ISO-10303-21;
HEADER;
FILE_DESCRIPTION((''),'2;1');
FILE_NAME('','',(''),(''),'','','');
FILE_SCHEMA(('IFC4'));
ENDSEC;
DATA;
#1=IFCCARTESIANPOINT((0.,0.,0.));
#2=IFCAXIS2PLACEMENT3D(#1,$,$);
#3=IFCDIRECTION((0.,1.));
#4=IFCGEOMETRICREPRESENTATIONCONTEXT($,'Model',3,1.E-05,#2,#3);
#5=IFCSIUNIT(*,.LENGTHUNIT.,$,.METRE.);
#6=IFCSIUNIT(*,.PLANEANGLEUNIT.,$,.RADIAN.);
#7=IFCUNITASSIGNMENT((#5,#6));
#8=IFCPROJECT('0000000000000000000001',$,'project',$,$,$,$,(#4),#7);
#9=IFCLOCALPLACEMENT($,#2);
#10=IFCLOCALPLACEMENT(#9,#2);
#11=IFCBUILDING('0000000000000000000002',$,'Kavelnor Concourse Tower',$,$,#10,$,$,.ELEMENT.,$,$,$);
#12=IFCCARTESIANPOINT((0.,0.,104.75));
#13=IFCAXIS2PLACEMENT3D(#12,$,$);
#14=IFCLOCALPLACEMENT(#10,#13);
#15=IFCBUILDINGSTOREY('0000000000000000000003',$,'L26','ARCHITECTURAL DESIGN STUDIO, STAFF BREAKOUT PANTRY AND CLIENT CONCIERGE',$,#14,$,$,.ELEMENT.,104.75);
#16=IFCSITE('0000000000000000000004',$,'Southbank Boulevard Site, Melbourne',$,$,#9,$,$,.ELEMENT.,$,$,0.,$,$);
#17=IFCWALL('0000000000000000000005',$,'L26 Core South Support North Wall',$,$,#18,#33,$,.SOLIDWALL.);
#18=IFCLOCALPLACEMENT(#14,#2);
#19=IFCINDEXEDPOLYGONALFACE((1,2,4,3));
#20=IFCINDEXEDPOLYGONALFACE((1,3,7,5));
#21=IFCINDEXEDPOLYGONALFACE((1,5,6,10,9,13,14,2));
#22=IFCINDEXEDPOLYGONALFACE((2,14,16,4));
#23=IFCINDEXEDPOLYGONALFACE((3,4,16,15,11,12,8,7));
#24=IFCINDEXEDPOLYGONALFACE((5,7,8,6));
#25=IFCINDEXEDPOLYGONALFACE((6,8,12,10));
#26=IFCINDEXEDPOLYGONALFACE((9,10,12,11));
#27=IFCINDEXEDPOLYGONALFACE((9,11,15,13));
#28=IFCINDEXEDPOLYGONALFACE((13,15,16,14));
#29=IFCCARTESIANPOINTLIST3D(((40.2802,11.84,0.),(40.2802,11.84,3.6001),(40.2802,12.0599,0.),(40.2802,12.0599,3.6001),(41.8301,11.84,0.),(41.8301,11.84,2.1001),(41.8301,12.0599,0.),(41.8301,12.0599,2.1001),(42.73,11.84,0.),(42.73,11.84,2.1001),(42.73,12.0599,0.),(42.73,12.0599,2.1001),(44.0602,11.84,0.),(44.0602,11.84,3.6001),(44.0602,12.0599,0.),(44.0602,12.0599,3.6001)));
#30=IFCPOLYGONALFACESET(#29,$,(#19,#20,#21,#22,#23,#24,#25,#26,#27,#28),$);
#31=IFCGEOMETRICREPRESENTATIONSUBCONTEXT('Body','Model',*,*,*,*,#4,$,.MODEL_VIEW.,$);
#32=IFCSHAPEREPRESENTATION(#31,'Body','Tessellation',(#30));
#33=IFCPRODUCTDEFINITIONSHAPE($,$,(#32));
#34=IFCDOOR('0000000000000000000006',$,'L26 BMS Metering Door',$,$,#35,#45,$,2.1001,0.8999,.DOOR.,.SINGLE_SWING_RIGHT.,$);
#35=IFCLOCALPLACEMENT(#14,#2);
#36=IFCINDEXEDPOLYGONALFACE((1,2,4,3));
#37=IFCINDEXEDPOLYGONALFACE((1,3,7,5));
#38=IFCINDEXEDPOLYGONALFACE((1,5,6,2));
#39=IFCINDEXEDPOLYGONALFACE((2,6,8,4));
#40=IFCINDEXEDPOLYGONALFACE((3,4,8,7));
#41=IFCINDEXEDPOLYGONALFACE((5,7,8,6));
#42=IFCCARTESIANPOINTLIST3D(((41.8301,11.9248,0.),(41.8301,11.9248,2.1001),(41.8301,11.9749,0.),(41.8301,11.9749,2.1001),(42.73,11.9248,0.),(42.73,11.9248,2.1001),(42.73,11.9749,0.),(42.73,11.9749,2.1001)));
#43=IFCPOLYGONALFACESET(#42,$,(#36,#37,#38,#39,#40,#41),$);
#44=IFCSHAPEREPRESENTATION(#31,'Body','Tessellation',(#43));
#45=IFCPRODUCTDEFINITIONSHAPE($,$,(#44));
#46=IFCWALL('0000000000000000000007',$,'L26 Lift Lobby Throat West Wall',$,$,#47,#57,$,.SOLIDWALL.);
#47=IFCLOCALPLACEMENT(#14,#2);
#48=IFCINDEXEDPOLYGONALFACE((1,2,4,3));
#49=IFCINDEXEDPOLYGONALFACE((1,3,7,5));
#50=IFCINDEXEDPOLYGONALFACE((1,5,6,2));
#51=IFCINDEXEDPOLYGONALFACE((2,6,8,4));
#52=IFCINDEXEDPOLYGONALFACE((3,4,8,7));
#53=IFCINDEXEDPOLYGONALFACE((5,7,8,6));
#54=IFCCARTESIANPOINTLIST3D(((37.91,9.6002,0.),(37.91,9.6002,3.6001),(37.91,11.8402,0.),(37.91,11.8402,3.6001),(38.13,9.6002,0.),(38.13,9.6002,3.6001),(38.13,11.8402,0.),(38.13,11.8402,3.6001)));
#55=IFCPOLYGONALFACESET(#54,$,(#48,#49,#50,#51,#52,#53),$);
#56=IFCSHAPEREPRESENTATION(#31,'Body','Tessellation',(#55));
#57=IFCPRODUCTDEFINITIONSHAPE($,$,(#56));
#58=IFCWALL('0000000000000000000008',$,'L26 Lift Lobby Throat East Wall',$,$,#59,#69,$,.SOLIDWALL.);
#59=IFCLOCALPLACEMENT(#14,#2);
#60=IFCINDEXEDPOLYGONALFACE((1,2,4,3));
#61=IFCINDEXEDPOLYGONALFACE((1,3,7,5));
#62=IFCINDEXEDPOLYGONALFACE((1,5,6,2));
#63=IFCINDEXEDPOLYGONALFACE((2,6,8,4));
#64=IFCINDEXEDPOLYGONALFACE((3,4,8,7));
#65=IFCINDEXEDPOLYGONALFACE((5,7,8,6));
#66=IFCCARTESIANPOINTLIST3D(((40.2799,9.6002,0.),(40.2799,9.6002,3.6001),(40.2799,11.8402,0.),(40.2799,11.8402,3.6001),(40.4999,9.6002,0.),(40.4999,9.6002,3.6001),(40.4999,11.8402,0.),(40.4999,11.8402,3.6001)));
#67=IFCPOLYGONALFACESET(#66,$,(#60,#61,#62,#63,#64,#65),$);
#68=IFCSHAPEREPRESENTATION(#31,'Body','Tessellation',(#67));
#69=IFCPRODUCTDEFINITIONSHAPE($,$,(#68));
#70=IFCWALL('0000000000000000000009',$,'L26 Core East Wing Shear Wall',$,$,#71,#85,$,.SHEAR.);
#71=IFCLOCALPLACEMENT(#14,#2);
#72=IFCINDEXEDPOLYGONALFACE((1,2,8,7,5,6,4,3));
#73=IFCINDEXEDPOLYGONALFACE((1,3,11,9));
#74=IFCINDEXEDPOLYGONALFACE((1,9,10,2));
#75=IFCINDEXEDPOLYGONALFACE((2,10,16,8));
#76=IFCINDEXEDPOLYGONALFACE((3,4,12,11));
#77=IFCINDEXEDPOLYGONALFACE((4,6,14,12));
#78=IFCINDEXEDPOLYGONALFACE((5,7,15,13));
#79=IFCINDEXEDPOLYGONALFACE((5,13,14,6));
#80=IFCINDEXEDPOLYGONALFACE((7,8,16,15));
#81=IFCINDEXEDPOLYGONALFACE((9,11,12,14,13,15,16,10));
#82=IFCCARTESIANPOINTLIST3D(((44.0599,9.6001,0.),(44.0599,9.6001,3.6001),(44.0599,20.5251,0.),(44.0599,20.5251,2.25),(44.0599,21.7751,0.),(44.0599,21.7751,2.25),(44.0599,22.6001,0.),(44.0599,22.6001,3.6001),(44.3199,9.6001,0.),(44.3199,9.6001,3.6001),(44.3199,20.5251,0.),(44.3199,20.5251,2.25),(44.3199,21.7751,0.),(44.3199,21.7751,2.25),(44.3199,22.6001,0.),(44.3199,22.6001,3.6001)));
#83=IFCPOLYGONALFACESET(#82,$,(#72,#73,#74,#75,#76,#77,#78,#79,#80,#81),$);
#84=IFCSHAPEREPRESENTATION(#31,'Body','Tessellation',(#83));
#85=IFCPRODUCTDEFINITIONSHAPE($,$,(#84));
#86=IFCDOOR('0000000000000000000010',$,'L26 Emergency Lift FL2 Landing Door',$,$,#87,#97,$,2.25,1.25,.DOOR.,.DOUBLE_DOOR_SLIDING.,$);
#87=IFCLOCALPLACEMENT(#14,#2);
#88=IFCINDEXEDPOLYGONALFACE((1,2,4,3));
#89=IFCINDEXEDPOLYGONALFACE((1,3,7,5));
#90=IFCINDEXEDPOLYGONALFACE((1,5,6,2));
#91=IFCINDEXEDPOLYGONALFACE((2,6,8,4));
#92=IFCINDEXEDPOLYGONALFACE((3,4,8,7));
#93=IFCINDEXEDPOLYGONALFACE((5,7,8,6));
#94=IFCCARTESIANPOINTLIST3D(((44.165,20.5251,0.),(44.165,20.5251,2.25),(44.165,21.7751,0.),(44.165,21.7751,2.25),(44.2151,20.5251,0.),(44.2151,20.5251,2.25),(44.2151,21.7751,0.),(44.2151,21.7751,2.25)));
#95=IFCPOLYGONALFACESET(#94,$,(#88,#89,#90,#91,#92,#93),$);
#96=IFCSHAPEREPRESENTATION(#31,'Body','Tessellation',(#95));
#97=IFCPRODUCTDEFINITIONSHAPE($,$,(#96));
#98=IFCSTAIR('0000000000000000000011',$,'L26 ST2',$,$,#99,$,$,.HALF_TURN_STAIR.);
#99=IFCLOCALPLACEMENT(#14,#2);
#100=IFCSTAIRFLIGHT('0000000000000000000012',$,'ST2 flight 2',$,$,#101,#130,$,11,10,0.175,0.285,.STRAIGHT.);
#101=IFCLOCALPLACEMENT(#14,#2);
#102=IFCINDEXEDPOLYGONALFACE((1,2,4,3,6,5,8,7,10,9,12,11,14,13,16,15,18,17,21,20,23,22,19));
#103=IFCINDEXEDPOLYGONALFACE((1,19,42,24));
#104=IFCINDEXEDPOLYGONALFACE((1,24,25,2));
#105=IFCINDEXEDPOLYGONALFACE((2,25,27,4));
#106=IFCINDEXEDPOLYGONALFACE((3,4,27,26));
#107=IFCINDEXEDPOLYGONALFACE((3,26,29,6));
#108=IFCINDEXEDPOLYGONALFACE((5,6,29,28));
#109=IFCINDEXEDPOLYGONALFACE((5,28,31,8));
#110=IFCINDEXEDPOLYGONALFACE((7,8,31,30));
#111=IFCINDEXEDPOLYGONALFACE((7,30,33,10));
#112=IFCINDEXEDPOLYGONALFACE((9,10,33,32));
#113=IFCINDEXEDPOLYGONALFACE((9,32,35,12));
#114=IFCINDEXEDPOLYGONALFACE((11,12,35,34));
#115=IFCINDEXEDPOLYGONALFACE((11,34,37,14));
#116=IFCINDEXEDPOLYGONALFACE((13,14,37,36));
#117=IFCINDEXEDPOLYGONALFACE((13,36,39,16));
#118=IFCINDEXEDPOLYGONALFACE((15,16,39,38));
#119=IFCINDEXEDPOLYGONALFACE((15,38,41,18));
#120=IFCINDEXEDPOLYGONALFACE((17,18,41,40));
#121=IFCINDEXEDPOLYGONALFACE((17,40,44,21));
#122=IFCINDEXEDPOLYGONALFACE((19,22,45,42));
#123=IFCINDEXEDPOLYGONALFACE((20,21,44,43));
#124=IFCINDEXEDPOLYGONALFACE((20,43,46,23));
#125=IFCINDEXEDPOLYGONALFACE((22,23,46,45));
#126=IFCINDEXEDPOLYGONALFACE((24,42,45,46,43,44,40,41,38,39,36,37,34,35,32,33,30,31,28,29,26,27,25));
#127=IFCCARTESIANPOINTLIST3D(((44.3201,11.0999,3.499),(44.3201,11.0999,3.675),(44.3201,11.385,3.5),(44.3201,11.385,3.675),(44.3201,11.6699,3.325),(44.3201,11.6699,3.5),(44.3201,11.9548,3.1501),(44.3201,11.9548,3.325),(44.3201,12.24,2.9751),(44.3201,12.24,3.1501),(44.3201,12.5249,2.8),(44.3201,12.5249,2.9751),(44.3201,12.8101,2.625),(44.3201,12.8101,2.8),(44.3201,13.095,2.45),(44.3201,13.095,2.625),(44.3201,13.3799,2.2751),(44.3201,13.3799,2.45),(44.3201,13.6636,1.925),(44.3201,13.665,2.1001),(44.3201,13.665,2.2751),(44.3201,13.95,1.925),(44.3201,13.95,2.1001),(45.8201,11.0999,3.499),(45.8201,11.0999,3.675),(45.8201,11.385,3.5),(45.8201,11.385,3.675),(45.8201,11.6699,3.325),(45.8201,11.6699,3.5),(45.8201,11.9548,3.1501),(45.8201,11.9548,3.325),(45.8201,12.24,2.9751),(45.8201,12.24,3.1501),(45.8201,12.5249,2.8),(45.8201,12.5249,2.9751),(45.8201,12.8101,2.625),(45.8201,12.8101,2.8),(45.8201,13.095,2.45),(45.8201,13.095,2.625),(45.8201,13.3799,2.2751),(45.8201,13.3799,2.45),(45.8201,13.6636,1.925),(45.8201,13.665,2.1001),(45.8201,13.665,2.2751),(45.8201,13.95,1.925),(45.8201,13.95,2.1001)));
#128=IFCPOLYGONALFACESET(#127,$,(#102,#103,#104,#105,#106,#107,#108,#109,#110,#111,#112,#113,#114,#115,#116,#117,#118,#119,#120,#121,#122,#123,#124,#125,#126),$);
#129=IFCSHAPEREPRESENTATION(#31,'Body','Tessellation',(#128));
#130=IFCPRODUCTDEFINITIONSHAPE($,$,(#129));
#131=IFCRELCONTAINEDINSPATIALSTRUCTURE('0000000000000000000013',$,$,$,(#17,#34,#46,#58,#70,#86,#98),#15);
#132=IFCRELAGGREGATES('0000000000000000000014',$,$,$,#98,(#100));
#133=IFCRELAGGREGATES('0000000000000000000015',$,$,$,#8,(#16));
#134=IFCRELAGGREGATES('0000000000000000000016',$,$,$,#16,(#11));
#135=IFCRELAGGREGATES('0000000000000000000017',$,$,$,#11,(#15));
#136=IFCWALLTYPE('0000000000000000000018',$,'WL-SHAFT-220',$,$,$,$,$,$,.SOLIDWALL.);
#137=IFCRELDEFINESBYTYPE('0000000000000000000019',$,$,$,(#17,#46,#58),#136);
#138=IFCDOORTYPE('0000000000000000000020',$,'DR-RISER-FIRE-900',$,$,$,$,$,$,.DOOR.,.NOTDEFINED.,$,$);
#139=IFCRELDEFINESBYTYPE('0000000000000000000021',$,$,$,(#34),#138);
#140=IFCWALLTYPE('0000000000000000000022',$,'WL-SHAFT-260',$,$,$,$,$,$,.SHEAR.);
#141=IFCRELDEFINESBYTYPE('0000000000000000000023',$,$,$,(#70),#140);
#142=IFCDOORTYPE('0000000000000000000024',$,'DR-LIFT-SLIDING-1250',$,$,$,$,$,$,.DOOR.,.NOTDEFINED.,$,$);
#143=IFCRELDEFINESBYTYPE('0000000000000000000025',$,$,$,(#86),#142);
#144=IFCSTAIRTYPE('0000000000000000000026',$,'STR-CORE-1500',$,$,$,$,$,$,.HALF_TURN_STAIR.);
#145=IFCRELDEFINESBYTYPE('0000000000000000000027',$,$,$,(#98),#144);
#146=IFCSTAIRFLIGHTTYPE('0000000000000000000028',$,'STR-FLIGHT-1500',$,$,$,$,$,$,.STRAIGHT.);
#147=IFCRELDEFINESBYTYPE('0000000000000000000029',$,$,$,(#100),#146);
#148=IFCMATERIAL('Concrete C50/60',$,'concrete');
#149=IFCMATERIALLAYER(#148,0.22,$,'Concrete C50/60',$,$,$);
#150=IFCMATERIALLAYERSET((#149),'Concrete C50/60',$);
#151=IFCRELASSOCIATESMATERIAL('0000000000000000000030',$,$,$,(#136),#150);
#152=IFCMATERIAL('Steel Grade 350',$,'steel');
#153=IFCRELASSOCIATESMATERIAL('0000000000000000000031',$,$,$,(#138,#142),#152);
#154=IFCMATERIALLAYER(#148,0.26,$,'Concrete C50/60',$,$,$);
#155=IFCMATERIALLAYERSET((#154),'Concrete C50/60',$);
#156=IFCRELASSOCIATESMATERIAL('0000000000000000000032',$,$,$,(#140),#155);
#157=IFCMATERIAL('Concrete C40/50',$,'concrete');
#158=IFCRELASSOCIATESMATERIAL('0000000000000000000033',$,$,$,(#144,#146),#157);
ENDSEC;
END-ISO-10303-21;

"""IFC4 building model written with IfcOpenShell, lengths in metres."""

from ifc_helpers import new_model, si_unit, direction, frame, frame_2d, origin, place, context, subcontext, project, spatial, polyline, rectangle, outline, extrude, material, layer, layer_set, type_object, element, fill, aggregate, save


model = new_model("IFC4")

# Units and contexts
model_context = context("Model", 3, precision=1e-05, world=origin(), true_north=direction((0.0, 1.0)))
body_context = subcontext(model_context, "Body", "Model", "MODEL_VIEW")
ifc_project = project(units=[si_unit("LENGTHUNIT", "METRE"), si_unit("PLANEANGLEUNIT", "RADIAN")], contexts=[model_context])

# Site, building, storey
site_placement = place(None, origin())
site = spatial("IfcSite", under=ifc_project, at=site_placement, Name="Southbank Boulevard Site, Melbourne", CompositionType="ELEMENT", RefElevation=0.0)
building_placement = place(site_placement, origin())
building = spatial("IfcBuilding", under=site, at=building_placement, Name="Kavelnor Concourse Tower", CompositionType="ELEMENT")
storey_placement = place(building_placement, frame((0.0, 0.0, 104.75)))
storey = spatial("IfcBuildingStorey", under=building, at=storey_placement, Name="L26", Description="ARCHITECTURAL DESIGN STUDIO, STAFF BREAKOUT PANTRY AND CLIENT CONCIERGE", CompositionType="ELEMENT", Elevation=104.75)

# Shared definitions
ifc_material_1 = material(Name="Steel Grade 350", Category="steel")

# Shared definitions
ifc_material_2 = material(Name="Concrete C50/60", Category="concrete")
ifc_layer_1 = layer(ifc_material_2, 0.22, Name="Concrete C50/60")
ifc_layer_set_1 = layer_set([ifc_layer_1], Name="Concrete C50/60")
wall_type_1 = type_object("IfcWallType", Name="WL-SHAFT-220", PredefinedType="SOLIDWALL", material=ifc_layer_set_1)

# Wall, opening, door
wall_1_placement = place(storey_placement, frame((40.28, 11.95, 0.0), z_axis=(0.0, 0.0, 1.0), x_axis=(1.0, 0.0, 0.0)))
wall_1 = element("IfcWall", 1, at=wall_1_placement, inside=storey, type_object=wall_type_1, Name="L26 Core South Support North Wall", PredefinedType="SOLIDWALL", context=body_context, shape_type="SweptSolid", body=[
    extrude(rectangle(XDim=3.78, YDim=0.22, at=frame_2d((1.8901, 0.0))), origin(), (0.0, 0.0, 1.0), 3.6001),
])
opening_1_placement = place(wall_1_placement, frame((1.55, 0.0, 0.0)))
opening_1 = element("IfcOpeningElement", 2, at=opening_1_placement, cuts=wall_1, PredefinedType="OPENING", context=body_context, shape_type="SweptSolid", body=[
    extrude(rectangle(XDim=0.8999, YDim=2.1001, at=frame_2d((0.45, 1.05))), frame((0.0, 0.1201, 0.0), z_axis=(0.0, -1.0, 0.0), x_axis=(1.0, 0.0, 0.0)), (0.0, 0.0, 1.0), 0.24),
])
door_type_1 = type_object("IfcDoorType", Name="DR-RISER-FIRE-900", OperationType="NOTDEFINED", PredefinedType="DOOR", material=ifc_material_1)
door_1_placement = place(opening_1_placement, origin())
door_1 = element("IfcDoor", 3, at=door_1_placement, inside=storey, type_object=door_type_1, Name="L26 BMS Metering Door", OperationType="SINGLE_SWING_RIGHT", OverallHeight=2.1001, OverallWidth=0.8999, PredefinedType="DOOR", context=body_context, shape_type="SweptSolid", body=[
    extrude(rectangle(XDim=0.8999, YDim=2.1001, at=frame_2d((0.45, 1.05))), frame((0.0, 0.0249, 0.0), z_axis=(0.0, -1.0, 0.0), x_axis=(1.0, 0.0, 0.0)), (0.0, 0.0, 1.0), 0.05),
])
fill(opening_1, door_1)

# Walls
for number, where, z_axis, x_axis, name in (
    (4, (38.02, 9.6001, 0.0), (0.0, 0.0, 1.0), (0.0, 1.0, 0.0), "L26 Lift Lobby Throat West Wall"),
    (5, (40.3899, 9.6001, 0.0), (0.0, 0.0, 1.0), (0.0, 1.0, 0.0), "L26 Lift Lobby Throat East Wall"),
):
    element("IfcWall", number, at=place(storey_placement, frame(where, z_axis=z_axis, x_axis=x_axis)), inside=storey, type_object=wall_type_1, Name=name, PredefinedType="SOLIDWALL", context=body_context, shape_type="SweptSolid", body=[
        extrude(rectangle(XDim=2.24, YDim=0.22, at=frame_2d((1.1201, 0.0))), origin(), (0.0, 0.0, 1.0), 3.6001),
    ])

# Wall, opening, door
ifc_layer_2 = layer(ifc_material_2, 0.26, Name="Concrete C50/60")
ifc_layer_set_2 = layer_set([ifc_layer_2], Name="Concrete C50/60")
wall_type_2 = type_object("IfcWallType", Name="WL-SHAFT-260", PredefinedType="SHEAR", material=ifc_layer_set_2)
wall_2_placement = place(storey_placement, frame((44.1899, 9.6001, 0.0), z_axis=(0.0, 0.0, 1.0), x_axis=(0.0, 1.0, 0.0)))
wall_2 = element("IfcWall", 6, at=wall_2_placement, inside=storey, type_object=wall_type_2, Name="L26 Core East Wing Shear Wall", PredefinedType="SHEAR", context=body_context, shape_type="SweptSolid", body=[
    extrude(rectangle(XDim=13.0, YDim=0.26, at=frame_2d((6.5, 0.0))), origin(), (0.0, 0.0, 1.0), 3.6001),
])
opening_2_placement = place(wall_2_placement, frame((10.925, 0.0, 0.0)))
opening_2 = element("IfcOpeningElement", 7, at=opening_2_placement, cuts=wall_2, PredefinedType="OPENING", context=body_context, shape_type="SweptSolid", body=[
    extrude(rectangle(XDim=1.25, YDim=2.25, at=frame_2d((0.625, 1.125))), frame((0.0, 0.1401, 0.0), z_axis=(0.0, -1.0, 0.0), x_axis=(1.0, 0.0, 0.0)), (0.0, 0.0, 1.0), 0.28),
])
door_type_2 = type_object("IfcDoorType", Name="DR-LIFT-SLIDING-1250", OperationType="NOTDEFINED", PredefinedType="DOOR", material=ifc_material_1)
door_2_placement = place(opening_2_placement, origin())
door_2 = element("IfcDoor", 8, at=door_2_placement, inside=storey, type_object=door_type_2, Name="L26 Emergency Lift FL2 Landing Door", OperationType="DOUBLE_DOOR_SLIDING", OverallHeight=2.25, OverallWidth=1.25, PredefinedType="DOOR", context=body_context, shape_type="SweptSolid", body=[
    extrude(rectangle(XDim=1.25, YDim=2.25, at=frame_2d((0.625, 1.125))), frame((0.0, 0.0249, 0.0), z_axis=(0.0, -1.0, 0.0), x_axis=(1.0, 0.0, 0.0)), (0.0, 0.0, 1.0), 0.05),
])
fill(opening_2, door_2)

# Stair, stair flight
ifc_material_3 = material(Name="Concrete C40/50", Category="concrete")
stair_type = type_object("IfcStairType", Name="STR-CORE-1500", PredefinedType="HALF_TURN_STAIR", material=ifc_material_3)
stair_placement = place(storey_placement, origin())
stair = element("IfcStair", 9, at=stair_placement, inside=storey, type_object=stair_type, Name="L26 ST2", PredefinedType="HALF_TURN_STAIR")
stair_flight_type = type_object("IfcStairFlightType", Name="STR-FLIGHT-1500", PredefinedType="STRAIGHT", material=ifc_material_3)
stair_flight_placement = place(storey_placement, frame((45.0701, 13.95, 1.925), z_axis=(0.0, 0.0, 1.0), x_axis=(0.0, -1.0, 0.0)))
stair_flight = element("IfcStairFlight", 10, at=stair_flight_placement, type_object=stair_flight_type, Name="ST2 flight 2", NumberOfRisers=11, NumberOfTreads=10, PredefinedType="STRAIGHT", RiserHeight=0.175, TreadLength=0.285, context=body_context, shape_type="SweptSolid", body=[
    extrude(outline(polyline([(0.0, 0.0), (0.0, 0.175), (0.2849, 0.175), (0.2849, 0.3501), (0.5701, 0.3501), (0.5701, 0.5249), (0.855, 0.5249), (0.855, 0.7), (1.1399, 0.7), (1.1399, 0.875), (1.425, 0.875), (1.425, 1.05), (1.71, 1.05), (1.71, 1.2251), (1.9951, 1.2251), (1.9951, 1.3999), (2.28, 1.3999), (2.28, 1.575), (2.5649, 1.575), (2.5649, 1.75), (2.8501, 1.75), (2.8501, 1.925), (2.8501, 1.574), (0.2864, 0.0), (0.0, 0.0)])), frame((0.0, 0.75, 0.0), z_axis=(0.0, -1.0, 0.0), x_axis=(1.0, 0.0, 0.0)), (0.0, 0.0, 1.0), 1.5),
])
aggregate(stair, [stair_flight])

save(model, "model.ifc")
